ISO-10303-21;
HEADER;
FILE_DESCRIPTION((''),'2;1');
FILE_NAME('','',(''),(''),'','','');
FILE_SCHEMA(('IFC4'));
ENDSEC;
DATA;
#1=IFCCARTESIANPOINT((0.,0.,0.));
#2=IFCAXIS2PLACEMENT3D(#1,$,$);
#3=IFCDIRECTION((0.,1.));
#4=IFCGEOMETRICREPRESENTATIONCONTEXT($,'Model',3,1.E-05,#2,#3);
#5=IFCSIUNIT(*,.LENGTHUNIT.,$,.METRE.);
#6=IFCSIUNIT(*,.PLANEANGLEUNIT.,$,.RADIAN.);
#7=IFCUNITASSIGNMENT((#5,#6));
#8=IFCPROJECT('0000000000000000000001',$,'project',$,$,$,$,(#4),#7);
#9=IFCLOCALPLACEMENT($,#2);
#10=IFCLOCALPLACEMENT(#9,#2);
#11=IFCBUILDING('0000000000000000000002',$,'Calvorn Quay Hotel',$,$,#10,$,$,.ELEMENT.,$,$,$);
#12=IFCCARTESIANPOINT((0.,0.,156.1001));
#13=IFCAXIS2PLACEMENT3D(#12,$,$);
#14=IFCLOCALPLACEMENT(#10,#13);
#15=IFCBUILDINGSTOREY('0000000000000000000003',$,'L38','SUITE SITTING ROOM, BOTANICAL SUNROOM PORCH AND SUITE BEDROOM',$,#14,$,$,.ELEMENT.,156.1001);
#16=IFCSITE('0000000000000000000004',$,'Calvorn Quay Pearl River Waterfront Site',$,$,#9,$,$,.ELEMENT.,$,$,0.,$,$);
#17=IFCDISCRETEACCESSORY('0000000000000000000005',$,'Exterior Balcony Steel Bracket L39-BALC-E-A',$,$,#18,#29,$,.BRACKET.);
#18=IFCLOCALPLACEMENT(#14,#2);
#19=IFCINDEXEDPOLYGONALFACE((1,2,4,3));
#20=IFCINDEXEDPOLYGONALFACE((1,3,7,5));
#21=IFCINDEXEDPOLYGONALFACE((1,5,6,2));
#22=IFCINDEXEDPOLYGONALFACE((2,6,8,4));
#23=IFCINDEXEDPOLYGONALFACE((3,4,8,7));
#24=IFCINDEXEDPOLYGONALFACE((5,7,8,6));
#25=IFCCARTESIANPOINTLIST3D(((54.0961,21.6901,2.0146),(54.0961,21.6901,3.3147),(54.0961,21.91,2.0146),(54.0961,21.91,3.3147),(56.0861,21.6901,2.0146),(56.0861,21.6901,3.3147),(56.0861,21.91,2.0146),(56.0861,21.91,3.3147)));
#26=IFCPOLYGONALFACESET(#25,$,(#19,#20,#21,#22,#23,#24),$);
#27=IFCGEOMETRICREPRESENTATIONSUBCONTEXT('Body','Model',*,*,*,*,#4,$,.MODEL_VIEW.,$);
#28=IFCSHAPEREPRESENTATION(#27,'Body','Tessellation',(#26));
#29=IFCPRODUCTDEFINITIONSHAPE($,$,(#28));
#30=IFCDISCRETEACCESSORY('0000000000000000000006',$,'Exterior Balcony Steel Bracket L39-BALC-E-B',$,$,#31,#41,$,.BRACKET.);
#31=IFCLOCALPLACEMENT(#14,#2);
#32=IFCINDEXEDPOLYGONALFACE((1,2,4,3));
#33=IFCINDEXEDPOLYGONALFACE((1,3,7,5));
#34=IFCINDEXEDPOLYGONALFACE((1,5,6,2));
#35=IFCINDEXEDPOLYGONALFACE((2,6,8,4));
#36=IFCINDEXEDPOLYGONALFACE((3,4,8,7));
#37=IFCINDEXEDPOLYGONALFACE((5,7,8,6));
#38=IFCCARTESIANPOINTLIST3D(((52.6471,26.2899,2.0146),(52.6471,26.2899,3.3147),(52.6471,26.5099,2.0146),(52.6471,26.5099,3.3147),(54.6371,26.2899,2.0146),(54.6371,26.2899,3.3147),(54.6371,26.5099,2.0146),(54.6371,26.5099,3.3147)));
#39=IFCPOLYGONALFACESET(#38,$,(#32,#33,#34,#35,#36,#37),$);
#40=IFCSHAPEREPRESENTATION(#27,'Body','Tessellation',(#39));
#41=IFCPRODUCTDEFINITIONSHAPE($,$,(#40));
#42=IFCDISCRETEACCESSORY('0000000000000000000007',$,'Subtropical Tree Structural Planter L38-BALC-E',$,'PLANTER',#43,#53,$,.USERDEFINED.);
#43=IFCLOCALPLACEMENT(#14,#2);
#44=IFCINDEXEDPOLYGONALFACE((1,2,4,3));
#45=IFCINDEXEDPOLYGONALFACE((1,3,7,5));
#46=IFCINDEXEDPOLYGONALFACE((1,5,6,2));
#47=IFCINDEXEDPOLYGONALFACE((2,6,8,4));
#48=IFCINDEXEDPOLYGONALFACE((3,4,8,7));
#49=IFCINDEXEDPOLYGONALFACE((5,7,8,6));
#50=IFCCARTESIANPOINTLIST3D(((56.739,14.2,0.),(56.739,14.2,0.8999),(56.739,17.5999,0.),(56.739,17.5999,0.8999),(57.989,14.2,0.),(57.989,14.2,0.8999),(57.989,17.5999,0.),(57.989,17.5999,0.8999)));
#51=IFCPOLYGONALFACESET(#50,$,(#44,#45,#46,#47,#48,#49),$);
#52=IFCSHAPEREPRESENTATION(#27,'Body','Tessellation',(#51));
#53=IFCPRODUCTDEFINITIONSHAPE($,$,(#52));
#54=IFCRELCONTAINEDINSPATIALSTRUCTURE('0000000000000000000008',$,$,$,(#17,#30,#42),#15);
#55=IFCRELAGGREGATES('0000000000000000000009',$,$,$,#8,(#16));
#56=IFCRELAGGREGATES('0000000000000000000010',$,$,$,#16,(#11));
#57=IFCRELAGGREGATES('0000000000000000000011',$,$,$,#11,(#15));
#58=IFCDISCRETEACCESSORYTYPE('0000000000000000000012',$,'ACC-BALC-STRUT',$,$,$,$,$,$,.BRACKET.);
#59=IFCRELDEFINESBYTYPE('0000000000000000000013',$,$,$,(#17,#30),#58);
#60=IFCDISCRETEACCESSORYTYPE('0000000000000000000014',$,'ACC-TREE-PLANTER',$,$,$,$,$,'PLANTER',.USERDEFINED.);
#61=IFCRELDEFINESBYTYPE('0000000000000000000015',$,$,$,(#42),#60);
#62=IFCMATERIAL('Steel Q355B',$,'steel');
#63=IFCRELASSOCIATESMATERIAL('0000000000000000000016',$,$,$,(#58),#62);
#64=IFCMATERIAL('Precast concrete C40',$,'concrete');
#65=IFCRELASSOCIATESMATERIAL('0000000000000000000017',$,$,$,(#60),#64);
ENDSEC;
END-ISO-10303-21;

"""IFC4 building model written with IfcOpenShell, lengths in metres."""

from ifc_helpers import new_model, si_unit, direction, frame, origin, origin_2d, place, context, subcontext, project, spatial, rectangle, extrude, material, type_object, element, save


model = new_model("IFC4")

# Units and contexts
model_context = context("Model", 3, precision=1e-05, world=origin(), true_north=direction((0.0, 1.0)))
body_context = subcontext(model_context, "Body", "Model", "MODEL_VIEW")
ifc_project = project(units=[si_unit("LENGTHUNIT", "METRE"), si_unit("PLANEANGLEUNIT", "RADIAN")], contexts=[model_context])

# Site, building, storey
site_placement = place(None, origin())
site = spatial("IfcSite", under=ifc_project, at=site_placement, Name="Calvorn Quay Pearl River Waterfront Site", CompositionType="ELEMENT", RefElevation=0.0)
building_placement = place(site_placement, origin())
building = spatial("IfcBuilding", under=site, at=building_placement, Name="Calvorn Quay Hotel", CompositionType="ELEMENT")
storey_placement = place(building_placement, frame((0.0, 0.0, 156.1001)))
storey = spatial("IfcBuildingStorey", under=building, at=storey_placement, Name="L38", Description="SUITE SITTING ROOM, BOTANICAL SUNROOM PORCH AND SUITE BEDROOM", CompositionType="ELEMENT", Elevation=156.1001)

# Discrete accessories
ifc_material_1 = material(Name="Steel Q355B", Category="steel")
discrete_accessory_type_1 = type_object("IfcDiscreteAccessoryType", Name="ACC-BALC-STRUT", PredefinedType="BRACKET", material=ifc_material_1)
for number, where, z_axis, x_axis, name in (
    (1, (55.0911, 21.8, 2.0146), (0.0, 0.0, 1.0), (1.0, 0.0, 0.0), "Exterior Balcony Steel Bracket L39-BALC-E-A"),
    (2, (53.6421, 26.3999, 2.0146), (0.0, 0.0, 1.0), (1.0, 0.0, 0.0), "Exterior Balcony Steel Bracket L39-BALC-E-B"),
):
    element("IfcDiscreteAccessory", number, at=place(storey_placement, frame(where, z_axis=z_axis, x_axis=x_axis)), inside=storey, type_object=discrete_accessory_type_1, Name=name, PredefinedType="BRACKET", context=body_context, shape_type="SweptSolid", body=[
        extrude(rectangle(XDim=1.99, YDim=0.22, at=origin_2d()), origin(), (0.0, 0.0, 1.0), 1.3),
    ])
ifc_material_2 = material(Name="Precast concrete C40", Category="concrete")
discrete_accessory_type_2 = type_object("IfcDiscreteAccessoryType", Name="ACC-TREE-PLANTER", ElementType="PLANTER", PredefinedType="USERDEFINED", material=ifc_material_2)
discrete_accessory_placement = place(storey_placement, frame((57.364, 15.8999, 0.0), z_axis=(0.0, 0.0, 1.0), x_axis=(1.0, 0.0, 0.0)))
element("IfcDiscreteAccessory", 3, at=discrete_accessory_placement, inside=storey, type_object=discrete_accessory_type_2, Name="Subtropical Tree Structural Planter L38-BALC-E", ObjectType="PLANTER", PredefinedType="USERDEFINED", context=body_context, shape_type="SweptSolid", body=[
    extrude(rectangle(XDim=1.25, YDim=3.3999, at=origin_2d()), origin(), (0.0, 0.0, 1.0), 0.8999),
])

save(model, "model.ifc")
